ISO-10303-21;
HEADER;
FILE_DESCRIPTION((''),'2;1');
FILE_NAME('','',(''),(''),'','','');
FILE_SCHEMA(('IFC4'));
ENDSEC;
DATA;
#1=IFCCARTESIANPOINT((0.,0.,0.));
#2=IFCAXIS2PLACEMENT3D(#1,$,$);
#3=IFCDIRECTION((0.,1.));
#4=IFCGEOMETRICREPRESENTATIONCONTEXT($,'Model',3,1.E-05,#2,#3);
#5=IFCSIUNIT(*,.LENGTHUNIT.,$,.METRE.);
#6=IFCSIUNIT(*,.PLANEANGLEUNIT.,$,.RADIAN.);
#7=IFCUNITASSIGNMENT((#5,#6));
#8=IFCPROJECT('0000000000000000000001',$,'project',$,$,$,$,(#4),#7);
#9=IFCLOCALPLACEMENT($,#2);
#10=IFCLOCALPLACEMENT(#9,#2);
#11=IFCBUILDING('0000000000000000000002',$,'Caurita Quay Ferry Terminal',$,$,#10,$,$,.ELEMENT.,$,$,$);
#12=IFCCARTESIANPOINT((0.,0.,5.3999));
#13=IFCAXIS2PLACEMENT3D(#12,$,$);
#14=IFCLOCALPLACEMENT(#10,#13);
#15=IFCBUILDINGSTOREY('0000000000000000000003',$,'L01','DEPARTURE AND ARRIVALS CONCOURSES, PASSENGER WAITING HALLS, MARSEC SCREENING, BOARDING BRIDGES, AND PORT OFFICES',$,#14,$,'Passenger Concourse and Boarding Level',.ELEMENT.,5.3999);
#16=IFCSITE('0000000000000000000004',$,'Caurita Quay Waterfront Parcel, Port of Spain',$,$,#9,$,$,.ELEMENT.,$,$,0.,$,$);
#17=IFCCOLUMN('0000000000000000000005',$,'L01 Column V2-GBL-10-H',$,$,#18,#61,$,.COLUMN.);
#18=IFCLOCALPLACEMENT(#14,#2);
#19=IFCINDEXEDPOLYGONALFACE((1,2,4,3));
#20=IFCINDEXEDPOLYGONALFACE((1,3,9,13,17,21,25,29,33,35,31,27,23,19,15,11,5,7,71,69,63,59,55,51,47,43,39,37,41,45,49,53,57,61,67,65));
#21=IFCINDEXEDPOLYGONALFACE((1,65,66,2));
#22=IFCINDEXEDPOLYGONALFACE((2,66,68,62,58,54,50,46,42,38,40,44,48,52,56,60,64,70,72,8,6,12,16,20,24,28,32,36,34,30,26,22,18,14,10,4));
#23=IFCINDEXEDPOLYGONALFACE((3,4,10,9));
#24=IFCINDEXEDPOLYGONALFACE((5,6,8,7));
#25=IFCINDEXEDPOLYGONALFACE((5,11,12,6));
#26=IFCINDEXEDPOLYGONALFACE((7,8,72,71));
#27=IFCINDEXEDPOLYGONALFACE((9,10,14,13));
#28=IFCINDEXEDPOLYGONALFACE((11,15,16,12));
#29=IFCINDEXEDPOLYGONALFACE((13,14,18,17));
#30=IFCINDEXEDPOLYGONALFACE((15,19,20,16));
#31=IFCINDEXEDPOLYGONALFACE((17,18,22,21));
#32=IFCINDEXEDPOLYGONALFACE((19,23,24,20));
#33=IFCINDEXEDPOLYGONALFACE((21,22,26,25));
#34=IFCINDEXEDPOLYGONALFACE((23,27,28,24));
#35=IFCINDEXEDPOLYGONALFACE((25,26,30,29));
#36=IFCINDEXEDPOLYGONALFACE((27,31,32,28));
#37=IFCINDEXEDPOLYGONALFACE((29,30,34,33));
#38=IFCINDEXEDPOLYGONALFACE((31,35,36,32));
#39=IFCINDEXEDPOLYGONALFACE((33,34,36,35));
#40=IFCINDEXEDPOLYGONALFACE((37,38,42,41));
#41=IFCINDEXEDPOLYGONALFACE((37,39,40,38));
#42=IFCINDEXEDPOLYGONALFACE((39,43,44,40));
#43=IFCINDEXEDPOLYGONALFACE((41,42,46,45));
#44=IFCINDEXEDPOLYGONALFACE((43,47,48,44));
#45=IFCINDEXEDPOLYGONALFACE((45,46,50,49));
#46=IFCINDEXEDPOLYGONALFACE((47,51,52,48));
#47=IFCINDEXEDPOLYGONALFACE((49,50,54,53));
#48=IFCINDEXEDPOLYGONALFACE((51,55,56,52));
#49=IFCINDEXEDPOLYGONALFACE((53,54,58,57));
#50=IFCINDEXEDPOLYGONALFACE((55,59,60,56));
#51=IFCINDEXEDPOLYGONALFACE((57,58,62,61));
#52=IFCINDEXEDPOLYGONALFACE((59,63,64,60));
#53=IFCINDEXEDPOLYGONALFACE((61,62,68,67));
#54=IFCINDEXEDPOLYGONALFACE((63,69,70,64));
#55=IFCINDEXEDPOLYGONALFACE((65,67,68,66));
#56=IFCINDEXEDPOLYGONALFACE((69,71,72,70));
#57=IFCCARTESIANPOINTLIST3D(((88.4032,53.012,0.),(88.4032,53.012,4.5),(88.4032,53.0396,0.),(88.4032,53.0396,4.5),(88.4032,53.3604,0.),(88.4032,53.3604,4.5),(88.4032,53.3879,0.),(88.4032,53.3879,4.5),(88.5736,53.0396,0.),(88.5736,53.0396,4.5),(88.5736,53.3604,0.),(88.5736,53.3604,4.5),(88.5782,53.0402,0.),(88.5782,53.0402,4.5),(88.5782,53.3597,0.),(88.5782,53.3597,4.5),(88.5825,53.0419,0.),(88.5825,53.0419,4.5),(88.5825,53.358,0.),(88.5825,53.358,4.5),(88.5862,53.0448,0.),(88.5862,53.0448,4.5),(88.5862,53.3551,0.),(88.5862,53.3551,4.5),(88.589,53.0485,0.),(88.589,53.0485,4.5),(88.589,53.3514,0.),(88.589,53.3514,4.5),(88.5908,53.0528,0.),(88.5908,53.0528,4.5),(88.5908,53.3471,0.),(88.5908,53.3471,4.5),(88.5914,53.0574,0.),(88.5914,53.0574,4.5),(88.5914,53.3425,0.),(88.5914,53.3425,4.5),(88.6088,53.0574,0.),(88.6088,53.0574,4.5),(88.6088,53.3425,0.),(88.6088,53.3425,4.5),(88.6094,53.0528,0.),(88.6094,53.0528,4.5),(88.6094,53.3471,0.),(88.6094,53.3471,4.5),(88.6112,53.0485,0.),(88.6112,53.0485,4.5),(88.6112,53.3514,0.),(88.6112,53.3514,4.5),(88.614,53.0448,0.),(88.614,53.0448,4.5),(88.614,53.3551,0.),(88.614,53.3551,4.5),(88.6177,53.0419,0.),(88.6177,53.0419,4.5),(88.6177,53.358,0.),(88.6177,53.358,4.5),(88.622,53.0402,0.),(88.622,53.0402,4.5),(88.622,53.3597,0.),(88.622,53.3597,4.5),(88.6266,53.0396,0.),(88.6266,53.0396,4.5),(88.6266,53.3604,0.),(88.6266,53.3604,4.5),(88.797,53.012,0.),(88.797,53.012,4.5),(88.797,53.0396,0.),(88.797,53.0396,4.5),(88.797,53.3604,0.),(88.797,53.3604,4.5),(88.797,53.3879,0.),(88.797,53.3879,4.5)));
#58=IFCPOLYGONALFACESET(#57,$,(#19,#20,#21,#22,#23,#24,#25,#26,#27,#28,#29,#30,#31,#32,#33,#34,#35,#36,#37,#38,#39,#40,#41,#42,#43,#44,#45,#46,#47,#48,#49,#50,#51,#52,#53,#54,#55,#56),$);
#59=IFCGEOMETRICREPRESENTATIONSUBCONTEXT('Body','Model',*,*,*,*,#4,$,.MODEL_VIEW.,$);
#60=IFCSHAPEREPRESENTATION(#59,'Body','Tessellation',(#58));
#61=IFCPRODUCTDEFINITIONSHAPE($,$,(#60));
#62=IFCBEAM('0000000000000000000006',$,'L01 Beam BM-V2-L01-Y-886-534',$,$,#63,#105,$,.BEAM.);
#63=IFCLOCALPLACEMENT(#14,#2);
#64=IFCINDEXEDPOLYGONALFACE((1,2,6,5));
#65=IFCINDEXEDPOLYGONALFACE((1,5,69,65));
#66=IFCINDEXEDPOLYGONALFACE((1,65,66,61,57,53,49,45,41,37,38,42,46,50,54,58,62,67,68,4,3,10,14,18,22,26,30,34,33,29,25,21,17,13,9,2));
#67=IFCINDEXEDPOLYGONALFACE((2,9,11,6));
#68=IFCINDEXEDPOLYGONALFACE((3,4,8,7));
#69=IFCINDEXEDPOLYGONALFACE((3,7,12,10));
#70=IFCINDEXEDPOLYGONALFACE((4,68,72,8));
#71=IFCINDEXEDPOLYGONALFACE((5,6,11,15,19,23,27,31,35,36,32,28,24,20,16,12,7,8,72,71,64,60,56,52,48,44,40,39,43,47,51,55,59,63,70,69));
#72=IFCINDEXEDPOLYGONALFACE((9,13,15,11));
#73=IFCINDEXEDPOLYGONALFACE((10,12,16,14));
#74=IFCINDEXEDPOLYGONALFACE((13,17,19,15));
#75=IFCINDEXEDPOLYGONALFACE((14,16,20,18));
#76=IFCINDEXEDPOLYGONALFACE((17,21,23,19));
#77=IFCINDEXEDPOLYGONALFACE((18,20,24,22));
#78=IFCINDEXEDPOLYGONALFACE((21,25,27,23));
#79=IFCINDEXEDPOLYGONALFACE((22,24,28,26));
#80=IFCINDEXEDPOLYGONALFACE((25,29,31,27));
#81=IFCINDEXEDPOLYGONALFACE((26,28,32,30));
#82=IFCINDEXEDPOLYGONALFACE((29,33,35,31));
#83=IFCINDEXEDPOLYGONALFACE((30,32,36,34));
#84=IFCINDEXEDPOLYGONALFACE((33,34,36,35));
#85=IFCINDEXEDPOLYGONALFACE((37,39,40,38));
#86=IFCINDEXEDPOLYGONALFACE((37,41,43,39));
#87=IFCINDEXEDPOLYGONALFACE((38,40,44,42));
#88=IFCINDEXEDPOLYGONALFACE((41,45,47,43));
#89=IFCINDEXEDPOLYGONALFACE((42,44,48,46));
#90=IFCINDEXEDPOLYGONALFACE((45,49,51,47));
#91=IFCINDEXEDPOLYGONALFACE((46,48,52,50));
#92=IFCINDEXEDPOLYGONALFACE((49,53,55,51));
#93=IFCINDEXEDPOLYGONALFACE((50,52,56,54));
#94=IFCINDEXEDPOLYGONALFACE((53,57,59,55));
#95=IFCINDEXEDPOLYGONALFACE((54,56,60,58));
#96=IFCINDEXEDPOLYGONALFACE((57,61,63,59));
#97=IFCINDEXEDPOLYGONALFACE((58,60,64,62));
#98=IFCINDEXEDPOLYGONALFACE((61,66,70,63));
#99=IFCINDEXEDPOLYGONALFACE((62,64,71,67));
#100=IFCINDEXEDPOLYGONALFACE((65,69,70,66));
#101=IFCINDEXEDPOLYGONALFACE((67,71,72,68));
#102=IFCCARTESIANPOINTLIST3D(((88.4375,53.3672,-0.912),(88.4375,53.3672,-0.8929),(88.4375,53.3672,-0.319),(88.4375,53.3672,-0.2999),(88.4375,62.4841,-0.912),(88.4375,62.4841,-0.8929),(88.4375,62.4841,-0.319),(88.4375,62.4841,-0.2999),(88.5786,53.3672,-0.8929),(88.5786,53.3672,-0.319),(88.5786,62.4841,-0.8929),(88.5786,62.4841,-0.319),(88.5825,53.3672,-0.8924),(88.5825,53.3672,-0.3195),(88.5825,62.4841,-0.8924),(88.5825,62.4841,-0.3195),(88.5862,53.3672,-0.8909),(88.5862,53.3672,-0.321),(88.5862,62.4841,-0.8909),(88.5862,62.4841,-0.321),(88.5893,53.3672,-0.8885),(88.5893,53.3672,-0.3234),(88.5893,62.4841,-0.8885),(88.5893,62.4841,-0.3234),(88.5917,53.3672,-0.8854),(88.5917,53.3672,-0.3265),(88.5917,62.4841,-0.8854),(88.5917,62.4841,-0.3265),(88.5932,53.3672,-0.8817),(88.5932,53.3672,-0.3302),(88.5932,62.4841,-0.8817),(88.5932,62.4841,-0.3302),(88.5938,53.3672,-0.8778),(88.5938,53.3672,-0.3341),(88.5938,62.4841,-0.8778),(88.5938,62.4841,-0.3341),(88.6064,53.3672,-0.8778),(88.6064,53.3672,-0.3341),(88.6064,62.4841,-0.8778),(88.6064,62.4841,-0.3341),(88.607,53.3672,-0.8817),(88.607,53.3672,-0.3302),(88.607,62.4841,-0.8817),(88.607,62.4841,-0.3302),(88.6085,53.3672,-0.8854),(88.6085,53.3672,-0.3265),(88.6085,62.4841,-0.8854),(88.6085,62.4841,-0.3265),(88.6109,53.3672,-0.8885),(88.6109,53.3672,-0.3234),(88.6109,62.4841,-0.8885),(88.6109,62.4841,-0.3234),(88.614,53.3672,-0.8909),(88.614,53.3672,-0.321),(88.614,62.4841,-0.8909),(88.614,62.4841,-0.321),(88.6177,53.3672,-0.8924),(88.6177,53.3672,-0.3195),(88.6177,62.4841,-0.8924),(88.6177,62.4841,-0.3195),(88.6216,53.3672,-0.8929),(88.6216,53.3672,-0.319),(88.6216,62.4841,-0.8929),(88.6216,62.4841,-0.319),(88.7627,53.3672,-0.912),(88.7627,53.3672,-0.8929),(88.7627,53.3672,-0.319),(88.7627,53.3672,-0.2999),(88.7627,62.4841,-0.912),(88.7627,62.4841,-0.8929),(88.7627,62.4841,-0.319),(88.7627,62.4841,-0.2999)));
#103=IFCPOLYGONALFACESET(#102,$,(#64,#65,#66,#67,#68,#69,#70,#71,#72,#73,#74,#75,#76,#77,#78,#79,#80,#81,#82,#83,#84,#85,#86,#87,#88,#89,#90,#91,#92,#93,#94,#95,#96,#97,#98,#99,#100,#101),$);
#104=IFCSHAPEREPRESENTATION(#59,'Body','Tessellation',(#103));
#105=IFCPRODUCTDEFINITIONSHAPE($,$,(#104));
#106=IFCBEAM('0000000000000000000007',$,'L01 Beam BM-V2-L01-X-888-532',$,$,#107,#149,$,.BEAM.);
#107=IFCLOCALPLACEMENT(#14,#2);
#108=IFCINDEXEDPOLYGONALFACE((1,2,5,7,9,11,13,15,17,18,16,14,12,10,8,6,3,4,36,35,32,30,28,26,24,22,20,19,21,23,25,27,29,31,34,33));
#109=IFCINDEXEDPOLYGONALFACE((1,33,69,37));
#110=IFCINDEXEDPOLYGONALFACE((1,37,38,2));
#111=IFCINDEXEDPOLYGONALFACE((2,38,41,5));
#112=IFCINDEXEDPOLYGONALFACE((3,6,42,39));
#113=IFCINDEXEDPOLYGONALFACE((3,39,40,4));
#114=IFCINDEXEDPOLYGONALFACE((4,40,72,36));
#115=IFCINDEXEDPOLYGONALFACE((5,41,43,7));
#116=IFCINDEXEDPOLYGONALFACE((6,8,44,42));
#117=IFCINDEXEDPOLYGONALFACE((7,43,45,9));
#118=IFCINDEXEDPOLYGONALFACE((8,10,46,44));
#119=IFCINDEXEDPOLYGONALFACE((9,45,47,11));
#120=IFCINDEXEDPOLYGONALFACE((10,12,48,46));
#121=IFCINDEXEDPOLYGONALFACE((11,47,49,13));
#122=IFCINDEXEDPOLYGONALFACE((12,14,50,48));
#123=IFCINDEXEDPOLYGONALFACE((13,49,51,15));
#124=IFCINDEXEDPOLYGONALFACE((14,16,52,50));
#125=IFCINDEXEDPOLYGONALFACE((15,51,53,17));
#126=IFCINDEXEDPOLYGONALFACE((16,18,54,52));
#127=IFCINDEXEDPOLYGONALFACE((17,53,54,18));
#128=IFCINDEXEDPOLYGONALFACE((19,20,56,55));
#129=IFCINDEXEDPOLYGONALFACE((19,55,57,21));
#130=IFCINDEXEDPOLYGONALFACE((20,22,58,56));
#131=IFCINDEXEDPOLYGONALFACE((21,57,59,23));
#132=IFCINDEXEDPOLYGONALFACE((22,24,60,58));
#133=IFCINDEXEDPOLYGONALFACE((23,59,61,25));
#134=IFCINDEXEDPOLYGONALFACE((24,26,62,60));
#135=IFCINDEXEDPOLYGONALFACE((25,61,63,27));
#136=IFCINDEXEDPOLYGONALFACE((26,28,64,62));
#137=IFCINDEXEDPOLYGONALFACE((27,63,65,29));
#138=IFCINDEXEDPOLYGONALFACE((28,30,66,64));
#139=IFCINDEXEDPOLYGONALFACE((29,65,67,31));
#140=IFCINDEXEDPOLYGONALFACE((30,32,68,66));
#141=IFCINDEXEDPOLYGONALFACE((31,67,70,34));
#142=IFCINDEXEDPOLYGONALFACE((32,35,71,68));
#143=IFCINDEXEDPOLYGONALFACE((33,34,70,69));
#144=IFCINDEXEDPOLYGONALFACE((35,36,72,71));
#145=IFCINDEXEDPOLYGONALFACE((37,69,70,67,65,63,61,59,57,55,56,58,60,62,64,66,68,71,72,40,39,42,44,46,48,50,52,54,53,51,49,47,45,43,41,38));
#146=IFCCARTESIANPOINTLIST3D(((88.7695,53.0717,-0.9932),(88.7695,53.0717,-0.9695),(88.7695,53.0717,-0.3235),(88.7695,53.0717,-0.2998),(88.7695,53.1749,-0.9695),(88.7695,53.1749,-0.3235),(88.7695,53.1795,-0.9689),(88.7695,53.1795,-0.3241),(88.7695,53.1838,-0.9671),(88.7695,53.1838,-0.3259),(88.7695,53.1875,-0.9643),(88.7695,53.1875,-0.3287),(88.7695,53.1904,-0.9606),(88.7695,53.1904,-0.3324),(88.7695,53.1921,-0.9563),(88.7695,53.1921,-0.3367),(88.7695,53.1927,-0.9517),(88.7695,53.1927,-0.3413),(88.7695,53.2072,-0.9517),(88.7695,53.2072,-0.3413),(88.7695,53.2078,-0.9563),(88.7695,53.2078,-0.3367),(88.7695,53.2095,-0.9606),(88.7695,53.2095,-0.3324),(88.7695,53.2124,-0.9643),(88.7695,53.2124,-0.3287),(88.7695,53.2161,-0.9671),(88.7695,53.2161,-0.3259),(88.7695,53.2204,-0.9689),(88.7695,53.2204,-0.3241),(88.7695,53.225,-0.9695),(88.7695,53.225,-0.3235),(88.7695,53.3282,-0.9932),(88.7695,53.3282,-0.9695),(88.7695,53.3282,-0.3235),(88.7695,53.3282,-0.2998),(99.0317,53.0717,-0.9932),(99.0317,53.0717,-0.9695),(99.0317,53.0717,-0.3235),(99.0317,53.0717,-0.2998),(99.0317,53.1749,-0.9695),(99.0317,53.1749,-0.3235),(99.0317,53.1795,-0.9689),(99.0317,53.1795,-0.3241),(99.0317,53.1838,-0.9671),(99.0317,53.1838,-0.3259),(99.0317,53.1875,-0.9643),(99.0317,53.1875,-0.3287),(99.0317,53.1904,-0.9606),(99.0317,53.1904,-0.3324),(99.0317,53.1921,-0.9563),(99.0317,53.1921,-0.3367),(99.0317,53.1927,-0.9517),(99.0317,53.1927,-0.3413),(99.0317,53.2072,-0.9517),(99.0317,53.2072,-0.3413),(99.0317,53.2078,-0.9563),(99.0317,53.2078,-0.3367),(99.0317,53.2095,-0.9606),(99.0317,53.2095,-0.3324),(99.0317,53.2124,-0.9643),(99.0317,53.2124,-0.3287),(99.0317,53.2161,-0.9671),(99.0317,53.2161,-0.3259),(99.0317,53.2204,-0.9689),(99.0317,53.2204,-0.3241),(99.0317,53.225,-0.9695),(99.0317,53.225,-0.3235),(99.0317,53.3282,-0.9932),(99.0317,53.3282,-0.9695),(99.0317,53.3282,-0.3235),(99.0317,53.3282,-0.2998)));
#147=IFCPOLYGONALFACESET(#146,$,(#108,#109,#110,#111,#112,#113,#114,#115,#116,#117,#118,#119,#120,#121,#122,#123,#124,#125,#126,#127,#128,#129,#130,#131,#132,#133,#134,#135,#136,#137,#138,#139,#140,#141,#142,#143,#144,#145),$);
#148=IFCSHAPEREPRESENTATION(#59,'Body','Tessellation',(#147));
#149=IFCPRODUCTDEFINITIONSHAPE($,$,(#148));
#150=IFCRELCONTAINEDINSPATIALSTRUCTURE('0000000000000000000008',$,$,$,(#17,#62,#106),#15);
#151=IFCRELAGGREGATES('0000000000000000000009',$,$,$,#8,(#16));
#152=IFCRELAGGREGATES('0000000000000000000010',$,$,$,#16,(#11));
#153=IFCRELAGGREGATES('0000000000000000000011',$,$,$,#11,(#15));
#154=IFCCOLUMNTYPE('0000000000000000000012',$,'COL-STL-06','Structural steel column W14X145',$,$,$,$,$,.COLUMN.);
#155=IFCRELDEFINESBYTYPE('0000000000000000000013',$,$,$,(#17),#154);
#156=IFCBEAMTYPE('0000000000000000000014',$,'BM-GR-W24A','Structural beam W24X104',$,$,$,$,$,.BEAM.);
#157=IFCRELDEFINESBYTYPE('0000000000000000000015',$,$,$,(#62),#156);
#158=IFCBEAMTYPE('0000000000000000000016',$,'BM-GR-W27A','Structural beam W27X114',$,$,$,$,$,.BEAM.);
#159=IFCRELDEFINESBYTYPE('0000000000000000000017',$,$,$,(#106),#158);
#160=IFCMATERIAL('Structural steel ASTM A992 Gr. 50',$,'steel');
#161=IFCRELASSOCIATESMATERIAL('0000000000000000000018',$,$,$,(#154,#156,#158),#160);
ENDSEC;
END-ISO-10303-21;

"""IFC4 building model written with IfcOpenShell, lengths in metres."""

from ifc_helpers import new_model, si_unit, direction, frame, origin, origin_2d, place, context, subcontext, project, spatial, i_section, extrude, material, material_profile, profile_set, type_object, element, save


model = new_model("IFC4")

# Units and contexts
model_context = context("Model", 3, precision=1e-05, world=origin(), true_north=direction((0.0, 1.0)))
body_context = subcontext(model_context, "Body", "Model", "MODEL_VIEW")
ifc_project = project(units=[si_unit("LENGTHUNIT", "METRE"), si_unit("PLANEANGLEUNIT", "RADIAN")], contexts=[model_context])

# Site, building, storey
site_placement = place(None, origin())
site = spatial("IfcSite", under=ifc_project, at=site_placement, Name="Caurita Quay Waterfront Parcel, Port of Spain", CompositionType="ELEMENT", RefElevation=0.0)
building_placement = place(site_placement, origin())
building = spatial("IfcBuilding", under=site, at=building_placement, Name="Caurita Quay Ferry Terminal", CompositionType="ELEMENT")
storey_placement = place(building_placement, frame((0.0, 0.0, 5.3999)))
storey = spatial("IfcBuildingStorey", under=building, at=storey_placement, Name="L01", Description="DEPARTURE AND ARRIVALS CONCOURSES, PASSENGER WAITING HALLS, MARSEC SCREENING, BOARDING BRIDGES, AND PORT OFFICES", LongName="Passenger Concourse and Boarding Level", CompositionType="ELEMENT", Elevation=5.3999)

# Column
ifc_material_1 = material(Name="Structural steel ASTM A992 Gr. 50", Category="steel")
ifc_material_profile_1 = material_profile(ifc_material_1, i_section(OverallWidth=0.3938, OverallDepth=0.376, WebThickness=0.0173, FlangeThickness=0.0276, FilletRadius=0.0178, at=origin_2d()), Name="W14X145")
ifc_profile_set_1 = profile_set([ifc_material_profile_1], Name="Structural steel ASTM A992 Gr. 50")
column_type = type_object("IfcColumnType", Name="COL-STL-06", Description="Structural steel column W14X145", PredefinedType="COLUMN", material=ifc_profile_set_1)
column_placement = place(storey_placement, frame((88.6001, 53.2, 0.0), z_axis=(0.0, 0.0, 1.0), x_axis=(1.0, 0.0, 0.0)))
element("IfcColumn", 1, at=column_placement, inside=storey, type_object=column_type, Name="L01 Column V2-GBL-10-H", PredefinedType="COLUMN", context=body_context, shape_type="SweptSolid", body=[
    extrude(i_section(OverallWidth=0.3938, OverallDepth=0.376, WebThickness=0.0173, FlangeThickness=0.0276, FilletRadius=0.0178, at=origin_2d()), origin(), (0.0, 0.0, 1.0), 4.5),
])

# Beams
ifc_material_profile_2 = material_profile(ifc_material_1, i_section(OverallWidth=0.3252, OverallDepth=0.6121, WebThickness=0.0127, FlangeThickness=0.019, FilletRadius=0.0151, at=origin_2d()), Name="W24X104")
ifc_profile_set_2 = profile_set([ifc_material_profile_2], Name="Structural steel ASTM A992 Gr. 50")
beam_type_1 = type_object("IfcBeamType", Name="BM-GR-W24A", Description="Structural beam W24X104", PredefinedType="BEAM", material=ifc_profile_set_2)
beam_1_placement = place(storey_placement, frame((88.6001, 53.3672, -0.606), z_axis=(0.0, 1.0, 0.0), x_axis=(-1.0, 0.0, 0.0)))
element("IfcBeam", 2, at=beam_1_placement, inside=storey, type_object=beam_type_1, Name="L01 Beam BM-V2-L01-Y-886-534", PredefinedType="BEAM", context=body_context, shape_type="SweptSolid", body=[
    extrude(i_section(OverallWidth=0.3252, OverallDepth=0.6121, WebThickness=0.0127, FlangeThickness=0.019, FilletRadius=0.0151, at=origin_2d()), origin(), (0.0, 0.0, 1.0), 9.1169),
])
ifc_material_profile_3 = material_profile(ifc_material_1, i_section(OverallWidth=0.2566, OverallDepth=0.6934, WebThickness=0.0144, FlangeThickness=0.0237, FilletRadius=0.0178, at=origin_2d()), Name="W27X114")
ifc_profile_set_3 = profile_set([ifc_material_profile_3], Name="Structural steel ASTM A992 Gr. 50")
beam_type_2 = type_object("IfcBeamType", Name="BM-GR-W27A", Description="Structural beam W27X114", PredefinedType="BEAM", material=ifc_profile_set_3)
beam_2_placement = place(storey_placement, frame((88.7695, 53.2, -0.6465), z_axis=(1.0, 0.0, 0.0), x_axis=(0.0, 1.0, 0.0)))
element("IfcBeam", 3, at=beam_2_placement, inside=storey, type_object=beam_type_2, Name="L01 Beam BM-V2-L01-X-888-532", PredefinedType="BEAM", context=body_context, shape_type="SweptSolid", body=[
    extrude(i_section(OverallWidth=0.2566, OverallDepth=0.6934, WebThickness=0.0144, FlangeThickness=0.0237, FilletRadius=0.0178, at=origin_2d()), origin(), (0.0, 0.0, 1.0), 10.2622),
])

save(model, "model.ifc")
